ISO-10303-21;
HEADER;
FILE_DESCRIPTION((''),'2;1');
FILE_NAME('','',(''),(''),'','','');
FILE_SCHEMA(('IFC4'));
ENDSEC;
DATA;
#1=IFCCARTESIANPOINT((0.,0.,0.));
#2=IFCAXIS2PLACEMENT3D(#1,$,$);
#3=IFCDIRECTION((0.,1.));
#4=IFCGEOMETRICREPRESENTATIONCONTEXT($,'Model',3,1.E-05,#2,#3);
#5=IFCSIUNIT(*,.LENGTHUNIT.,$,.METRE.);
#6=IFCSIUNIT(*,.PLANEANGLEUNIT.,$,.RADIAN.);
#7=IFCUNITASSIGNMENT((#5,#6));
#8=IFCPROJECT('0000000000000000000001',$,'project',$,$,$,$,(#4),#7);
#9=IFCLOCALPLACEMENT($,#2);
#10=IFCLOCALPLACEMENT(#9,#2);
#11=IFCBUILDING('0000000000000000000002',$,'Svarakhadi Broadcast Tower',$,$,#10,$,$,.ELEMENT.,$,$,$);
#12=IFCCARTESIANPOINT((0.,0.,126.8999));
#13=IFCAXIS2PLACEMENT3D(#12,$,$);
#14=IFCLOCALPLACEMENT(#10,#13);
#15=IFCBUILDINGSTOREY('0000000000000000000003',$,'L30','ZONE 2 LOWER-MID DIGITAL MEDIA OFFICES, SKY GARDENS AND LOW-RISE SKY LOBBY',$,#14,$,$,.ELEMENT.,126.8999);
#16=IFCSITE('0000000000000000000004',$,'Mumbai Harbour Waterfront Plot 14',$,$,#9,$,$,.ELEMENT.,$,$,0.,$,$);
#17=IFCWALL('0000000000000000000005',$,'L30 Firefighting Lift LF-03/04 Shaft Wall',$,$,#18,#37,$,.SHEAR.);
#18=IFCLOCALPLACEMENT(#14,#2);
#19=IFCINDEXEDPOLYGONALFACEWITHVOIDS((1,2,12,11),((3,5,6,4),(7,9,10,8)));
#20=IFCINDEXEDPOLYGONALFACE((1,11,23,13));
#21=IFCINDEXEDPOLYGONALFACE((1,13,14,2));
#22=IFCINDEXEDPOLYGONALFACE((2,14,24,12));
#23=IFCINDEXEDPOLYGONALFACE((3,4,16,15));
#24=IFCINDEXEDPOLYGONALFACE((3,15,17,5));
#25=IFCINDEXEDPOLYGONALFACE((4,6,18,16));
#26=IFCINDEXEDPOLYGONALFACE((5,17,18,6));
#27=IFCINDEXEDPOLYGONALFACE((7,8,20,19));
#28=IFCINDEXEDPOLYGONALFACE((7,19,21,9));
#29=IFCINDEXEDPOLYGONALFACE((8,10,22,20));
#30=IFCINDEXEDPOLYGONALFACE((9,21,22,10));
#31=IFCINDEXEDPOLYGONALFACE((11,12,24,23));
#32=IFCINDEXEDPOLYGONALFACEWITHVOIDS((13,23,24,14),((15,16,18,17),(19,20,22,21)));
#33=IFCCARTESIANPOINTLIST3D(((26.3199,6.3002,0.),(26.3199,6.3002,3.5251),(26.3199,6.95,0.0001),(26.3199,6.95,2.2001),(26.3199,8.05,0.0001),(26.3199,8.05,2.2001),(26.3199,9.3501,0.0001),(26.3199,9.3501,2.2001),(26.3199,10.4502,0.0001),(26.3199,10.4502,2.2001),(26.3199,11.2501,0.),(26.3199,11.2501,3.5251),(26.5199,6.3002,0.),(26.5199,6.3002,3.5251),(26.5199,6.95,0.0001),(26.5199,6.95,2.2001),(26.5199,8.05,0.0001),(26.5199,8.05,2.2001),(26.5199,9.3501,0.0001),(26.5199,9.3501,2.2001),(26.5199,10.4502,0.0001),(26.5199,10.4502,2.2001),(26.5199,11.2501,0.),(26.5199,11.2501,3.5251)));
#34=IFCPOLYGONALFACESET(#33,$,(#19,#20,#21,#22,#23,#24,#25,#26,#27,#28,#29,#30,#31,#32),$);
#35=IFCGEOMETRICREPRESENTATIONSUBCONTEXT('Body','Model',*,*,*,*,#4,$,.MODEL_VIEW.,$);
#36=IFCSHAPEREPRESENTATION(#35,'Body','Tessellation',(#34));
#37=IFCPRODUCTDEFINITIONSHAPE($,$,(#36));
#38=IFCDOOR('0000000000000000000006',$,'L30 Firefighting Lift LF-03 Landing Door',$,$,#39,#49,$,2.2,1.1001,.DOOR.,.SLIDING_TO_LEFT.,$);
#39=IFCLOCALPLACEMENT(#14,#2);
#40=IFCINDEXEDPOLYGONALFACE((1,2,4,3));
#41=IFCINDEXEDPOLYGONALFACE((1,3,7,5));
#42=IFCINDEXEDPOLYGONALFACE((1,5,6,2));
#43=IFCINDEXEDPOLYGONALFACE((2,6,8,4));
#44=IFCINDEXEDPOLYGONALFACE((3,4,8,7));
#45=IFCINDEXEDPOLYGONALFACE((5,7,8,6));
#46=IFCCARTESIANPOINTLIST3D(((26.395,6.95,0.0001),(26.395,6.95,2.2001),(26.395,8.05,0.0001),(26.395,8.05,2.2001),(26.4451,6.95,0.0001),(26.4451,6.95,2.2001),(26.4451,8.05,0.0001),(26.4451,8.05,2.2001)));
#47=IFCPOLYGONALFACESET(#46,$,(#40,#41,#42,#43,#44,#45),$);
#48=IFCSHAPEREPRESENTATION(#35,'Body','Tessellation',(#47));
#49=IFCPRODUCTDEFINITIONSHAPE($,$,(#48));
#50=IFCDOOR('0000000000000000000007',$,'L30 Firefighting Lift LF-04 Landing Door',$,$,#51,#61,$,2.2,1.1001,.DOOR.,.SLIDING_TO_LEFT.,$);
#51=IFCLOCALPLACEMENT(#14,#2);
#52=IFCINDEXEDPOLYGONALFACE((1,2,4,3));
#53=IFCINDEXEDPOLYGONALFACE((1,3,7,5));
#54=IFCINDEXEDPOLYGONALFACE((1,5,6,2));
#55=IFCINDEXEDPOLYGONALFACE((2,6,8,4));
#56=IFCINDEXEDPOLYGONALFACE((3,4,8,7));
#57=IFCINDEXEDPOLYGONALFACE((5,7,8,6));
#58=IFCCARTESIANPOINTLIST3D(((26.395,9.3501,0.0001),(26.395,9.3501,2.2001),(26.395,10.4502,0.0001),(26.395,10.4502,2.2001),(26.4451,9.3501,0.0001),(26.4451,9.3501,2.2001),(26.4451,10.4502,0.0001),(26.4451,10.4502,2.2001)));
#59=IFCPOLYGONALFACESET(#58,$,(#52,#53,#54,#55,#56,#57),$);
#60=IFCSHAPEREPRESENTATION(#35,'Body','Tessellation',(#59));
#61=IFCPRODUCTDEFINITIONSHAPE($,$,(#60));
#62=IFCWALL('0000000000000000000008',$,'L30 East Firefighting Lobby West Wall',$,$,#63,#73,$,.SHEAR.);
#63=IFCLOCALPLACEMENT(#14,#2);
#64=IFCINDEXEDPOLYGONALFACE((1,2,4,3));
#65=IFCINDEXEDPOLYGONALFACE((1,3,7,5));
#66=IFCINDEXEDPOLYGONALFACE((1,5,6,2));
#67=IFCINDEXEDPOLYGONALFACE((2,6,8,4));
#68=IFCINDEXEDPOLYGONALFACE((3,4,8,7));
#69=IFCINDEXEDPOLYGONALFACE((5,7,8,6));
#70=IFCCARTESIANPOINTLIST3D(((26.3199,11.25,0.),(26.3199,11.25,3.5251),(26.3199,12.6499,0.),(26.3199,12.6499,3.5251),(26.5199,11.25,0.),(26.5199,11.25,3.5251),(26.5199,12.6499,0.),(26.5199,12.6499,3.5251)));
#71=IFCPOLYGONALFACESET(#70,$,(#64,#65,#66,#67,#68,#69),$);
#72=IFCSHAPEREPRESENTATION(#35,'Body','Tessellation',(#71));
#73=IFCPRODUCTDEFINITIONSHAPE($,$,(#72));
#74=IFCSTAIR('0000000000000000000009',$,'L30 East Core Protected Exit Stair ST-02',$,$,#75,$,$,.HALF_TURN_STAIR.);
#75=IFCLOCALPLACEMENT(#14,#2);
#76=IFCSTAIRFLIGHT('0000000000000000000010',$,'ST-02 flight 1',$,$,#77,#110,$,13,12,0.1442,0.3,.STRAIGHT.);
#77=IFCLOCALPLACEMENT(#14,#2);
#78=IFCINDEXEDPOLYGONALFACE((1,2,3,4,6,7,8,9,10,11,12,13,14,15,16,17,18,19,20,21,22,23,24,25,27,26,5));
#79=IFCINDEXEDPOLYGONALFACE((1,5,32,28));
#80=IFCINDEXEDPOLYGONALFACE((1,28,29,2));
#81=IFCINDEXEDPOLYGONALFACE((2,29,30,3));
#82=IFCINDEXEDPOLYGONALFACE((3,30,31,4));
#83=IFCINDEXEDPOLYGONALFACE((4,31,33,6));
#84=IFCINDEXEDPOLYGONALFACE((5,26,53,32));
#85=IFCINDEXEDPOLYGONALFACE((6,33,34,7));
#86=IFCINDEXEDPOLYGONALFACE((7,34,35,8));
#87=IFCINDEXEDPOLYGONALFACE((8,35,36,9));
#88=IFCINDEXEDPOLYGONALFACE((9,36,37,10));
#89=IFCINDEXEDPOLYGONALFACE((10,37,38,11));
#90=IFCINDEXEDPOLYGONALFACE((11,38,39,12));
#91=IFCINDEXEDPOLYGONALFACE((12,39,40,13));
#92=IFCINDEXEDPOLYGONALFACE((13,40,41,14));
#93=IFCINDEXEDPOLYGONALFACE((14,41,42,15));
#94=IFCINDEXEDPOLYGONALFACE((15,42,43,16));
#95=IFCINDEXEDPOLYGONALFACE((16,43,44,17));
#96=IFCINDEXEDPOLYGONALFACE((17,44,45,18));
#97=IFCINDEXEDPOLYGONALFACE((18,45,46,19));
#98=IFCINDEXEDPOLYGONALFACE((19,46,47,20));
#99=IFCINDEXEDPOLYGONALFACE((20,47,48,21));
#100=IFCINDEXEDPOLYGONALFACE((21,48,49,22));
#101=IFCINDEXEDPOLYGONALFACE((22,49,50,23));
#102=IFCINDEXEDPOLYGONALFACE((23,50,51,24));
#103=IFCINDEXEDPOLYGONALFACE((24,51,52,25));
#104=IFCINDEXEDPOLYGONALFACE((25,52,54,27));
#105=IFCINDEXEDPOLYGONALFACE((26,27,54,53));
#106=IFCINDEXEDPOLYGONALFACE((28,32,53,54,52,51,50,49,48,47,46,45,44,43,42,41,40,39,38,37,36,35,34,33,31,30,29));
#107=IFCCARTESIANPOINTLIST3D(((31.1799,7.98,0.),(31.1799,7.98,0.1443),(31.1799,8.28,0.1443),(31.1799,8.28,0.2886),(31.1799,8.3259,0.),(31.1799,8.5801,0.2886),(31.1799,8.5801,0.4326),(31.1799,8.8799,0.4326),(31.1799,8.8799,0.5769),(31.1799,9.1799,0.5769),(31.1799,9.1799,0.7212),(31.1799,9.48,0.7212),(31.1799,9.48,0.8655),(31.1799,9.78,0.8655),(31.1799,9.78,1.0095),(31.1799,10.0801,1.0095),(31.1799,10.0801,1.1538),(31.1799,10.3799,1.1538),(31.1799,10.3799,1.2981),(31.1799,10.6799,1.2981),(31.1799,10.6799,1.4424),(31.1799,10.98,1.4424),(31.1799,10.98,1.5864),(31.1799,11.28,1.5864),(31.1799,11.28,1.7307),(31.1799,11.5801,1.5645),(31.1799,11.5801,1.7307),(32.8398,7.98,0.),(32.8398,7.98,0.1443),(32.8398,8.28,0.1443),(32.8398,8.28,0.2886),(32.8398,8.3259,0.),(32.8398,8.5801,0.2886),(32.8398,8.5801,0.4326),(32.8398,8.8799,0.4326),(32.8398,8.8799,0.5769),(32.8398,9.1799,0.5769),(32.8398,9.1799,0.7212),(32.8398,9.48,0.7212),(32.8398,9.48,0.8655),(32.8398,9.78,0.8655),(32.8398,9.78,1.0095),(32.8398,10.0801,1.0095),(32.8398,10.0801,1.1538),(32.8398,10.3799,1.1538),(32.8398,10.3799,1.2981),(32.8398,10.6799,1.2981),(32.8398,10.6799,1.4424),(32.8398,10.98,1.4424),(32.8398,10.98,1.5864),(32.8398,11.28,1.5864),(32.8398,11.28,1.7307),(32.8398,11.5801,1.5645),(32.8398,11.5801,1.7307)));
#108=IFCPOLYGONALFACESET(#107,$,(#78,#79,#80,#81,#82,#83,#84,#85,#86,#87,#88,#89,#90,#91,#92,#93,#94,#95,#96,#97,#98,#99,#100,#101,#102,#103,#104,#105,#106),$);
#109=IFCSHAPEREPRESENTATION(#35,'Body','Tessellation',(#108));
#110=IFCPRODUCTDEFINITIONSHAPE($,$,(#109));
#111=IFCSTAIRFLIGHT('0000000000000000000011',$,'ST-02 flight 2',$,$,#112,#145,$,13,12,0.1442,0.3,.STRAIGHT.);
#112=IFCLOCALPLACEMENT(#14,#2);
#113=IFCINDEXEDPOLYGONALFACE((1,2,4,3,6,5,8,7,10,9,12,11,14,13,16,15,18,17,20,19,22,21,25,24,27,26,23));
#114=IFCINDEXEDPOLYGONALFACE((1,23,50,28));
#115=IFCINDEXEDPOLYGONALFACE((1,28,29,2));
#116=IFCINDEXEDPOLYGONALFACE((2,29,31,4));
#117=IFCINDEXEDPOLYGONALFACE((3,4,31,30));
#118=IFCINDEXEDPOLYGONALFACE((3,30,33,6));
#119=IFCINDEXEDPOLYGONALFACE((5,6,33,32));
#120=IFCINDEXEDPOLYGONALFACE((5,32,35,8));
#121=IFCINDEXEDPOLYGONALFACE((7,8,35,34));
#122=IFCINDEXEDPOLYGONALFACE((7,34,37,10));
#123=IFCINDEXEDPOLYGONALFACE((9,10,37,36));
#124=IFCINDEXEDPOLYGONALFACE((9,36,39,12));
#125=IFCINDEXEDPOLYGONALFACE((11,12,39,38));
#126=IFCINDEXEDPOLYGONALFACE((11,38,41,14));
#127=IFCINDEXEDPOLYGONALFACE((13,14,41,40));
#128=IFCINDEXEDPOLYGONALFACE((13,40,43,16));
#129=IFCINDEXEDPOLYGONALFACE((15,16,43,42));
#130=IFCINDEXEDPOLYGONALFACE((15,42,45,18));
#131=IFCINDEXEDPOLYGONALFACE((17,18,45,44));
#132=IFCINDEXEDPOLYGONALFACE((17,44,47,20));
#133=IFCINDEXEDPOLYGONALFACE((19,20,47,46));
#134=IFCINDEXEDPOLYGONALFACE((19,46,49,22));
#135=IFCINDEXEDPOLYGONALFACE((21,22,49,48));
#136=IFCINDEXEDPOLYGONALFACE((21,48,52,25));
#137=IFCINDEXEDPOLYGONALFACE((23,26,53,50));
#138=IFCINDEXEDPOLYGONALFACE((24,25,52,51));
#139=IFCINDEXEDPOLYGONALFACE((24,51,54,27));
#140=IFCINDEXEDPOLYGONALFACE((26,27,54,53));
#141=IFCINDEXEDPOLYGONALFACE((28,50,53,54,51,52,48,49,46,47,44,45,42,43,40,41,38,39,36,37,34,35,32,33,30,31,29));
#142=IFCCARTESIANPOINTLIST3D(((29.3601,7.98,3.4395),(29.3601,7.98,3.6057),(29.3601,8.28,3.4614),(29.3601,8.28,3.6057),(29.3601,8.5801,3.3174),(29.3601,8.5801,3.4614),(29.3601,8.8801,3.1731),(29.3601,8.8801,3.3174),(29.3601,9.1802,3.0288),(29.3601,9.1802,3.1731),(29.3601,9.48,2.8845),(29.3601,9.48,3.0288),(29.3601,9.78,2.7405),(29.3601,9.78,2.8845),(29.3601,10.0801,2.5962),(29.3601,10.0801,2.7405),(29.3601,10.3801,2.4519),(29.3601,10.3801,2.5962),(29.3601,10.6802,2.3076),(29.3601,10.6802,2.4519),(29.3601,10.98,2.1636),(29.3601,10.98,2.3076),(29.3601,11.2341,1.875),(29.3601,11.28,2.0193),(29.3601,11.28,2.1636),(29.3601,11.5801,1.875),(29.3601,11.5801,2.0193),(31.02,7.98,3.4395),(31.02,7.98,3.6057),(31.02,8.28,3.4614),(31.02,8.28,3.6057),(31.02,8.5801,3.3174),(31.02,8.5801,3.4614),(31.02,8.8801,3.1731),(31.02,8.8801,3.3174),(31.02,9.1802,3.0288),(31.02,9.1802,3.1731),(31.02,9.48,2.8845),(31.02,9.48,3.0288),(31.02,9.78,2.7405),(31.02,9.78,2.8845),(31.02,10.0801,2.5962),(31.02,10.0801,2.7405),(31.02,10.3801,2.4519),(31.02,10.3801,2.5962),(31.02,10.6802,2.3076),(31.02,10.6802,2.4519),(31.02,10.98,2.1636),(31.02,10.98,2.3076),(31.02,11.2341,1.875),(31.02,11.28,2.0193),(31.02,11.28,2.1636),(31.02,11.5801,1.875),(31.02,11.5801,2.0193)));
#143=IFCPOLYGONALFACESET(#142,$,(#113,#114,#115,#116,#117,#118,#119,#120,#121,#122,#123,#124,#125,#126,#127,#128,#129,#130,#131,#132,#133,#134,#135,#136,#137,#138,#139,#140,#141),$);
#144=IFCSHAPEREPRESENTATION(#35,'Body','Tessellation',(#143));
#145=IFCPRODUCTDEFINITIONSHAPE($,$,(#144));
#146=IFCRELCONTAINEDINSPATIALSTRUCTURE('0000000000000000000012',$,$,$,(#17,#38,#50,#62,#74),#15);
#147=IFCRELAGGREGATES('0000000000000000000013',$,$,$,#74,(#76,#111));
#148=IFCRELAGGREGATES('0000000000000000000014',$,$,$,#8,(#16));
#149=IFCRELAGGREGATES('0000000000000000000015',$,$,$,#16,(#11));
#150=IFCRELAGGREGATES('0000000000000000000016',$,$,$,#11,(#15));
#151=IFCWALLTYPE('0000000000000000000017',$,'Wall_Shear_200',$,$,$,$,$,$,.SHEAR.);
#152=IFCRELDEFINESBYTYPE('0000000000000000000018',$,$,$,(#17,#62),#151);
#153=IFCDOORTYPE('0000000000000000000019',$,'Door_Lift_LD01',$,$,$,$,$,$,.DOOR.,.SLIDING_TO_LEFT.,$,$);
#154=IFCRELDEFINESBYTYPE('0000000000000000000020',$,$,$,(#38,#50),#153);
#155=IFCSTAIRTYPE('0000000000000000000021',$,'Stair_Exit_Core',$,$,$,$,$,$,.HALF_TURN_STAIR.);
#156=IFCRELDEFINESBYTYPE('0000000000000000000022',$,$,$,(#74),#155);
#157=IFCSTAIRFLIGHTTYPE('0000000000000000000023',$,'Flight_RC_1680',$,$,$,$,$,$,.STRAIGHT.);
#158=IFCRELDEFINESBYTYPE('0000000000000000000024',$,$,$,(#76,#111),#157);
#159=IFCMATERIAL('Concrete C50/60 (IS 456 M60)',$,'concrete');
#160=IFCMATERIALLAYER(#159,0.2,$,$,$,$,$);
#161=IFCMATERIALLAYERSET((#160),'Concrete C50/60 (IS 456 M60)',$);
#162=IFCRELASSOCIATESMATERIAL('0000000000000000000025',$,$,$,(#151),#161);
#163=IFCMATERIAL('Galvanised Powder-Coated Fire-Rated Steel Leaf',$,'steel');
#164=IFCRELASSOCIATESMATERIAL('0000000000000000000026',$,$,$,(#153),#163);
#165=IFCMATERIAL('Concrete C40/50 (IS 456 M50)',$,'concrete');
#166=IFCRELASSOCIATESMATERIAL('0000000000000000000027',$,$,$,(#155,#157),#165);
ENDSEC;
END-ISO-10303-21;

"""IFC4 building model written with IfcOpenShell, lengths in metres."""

from ifc_helpers import new_model, si_unit, direction, frame, frame_2d, origin, place, context, subcontext, project, spatial, polyline, rectangle, outline, extrude, material, layer, layer_set, type_object, element, fill, aggregate, save


model = new_model("IFC4")

# Units and contexts
model_context = context("Model", 3, precision=1e-05, world=origin(), true_north=direction((0.0, 1.0)))
body_context = subcontext(model_context, "Body", "Model", "MODEL_VIEW")
ifc_project = project(units=[si_unit("LENGTHUNIT", "METRE"), si_unit("PLANEANGLEUNIT", "RADIAN")], contexts=[model_context])

# Site, building, storey
site_placement = place(None, origin())
site = spatial("IfcSite", under=ifc_project, at=site_placement, Name="Mumbai Harbour Waterfront Plot 14", CompositionType="ELEMENT", RefElevation=0.0)
building_placement = place(site_placement, origin())
building = spatial("IfcBuilding", under=site, at=building_placement, Name="Svarakhadi Broadcast Tower", CompositionType="ELEMENT")
storey_placement = place(building_placement, frame((0.0, 0.0, 126.8999)))
storey = spatial("IfcBuildingStorey", under=building, at=storey_placement, Name="L30", Description="ZONE 2 LOWER-MID DIGITAL MEDIA OFFICES, SKY GARDENS AND LOW-RISE SKY LOBBY", CompositionType="ELEMENT", Elevation=126.8999)

# Shared definitions
ifc_material_1 = material(Name="Concrete C50/60 (IS 456 M60)", Category="concrete")

# Shared definitions
ifc_material_2 = material(Name="Concrete C40/50 (IS 456 M50)", Category="concrete")

# Shared definitions
ifc_layer_1 = layer(ifc_material_1, 0.2)
ifc_layer_set_1 = layer_set([ifc_layer_1], Name="Concrete C50/60 (IS 456 M60)")
wall_type_1 = type_object("IfcWallType", Name="Wall_Shear_200", PredefinedType="SHEAR", material=ifc_layer_set_1)
ifc_material_3 = material(Name="Galvanised Powder-Coated Fire-Rated Steel Leaf", Category="steel")

# Wall, openings, doors
wall_1_placement = place(storey_placement, frame((26.4199, 6.3, 0.0), z_axis=(0.0, 0.0, 1.0), x_axis=(0.0, 1.0, 0.0)))
wall_1 = element("IfcWall", 1, at=wall_1_placement, inside=storey, type_object=wall_type_1, Name="L30 Firefighting Lift LF-03/04 Shaft Wall", PredefinedType="SHEAR", context=body_context, shape_type="SweptSolid", body=[
    extrude(rectangle(XDim=4.95, YDim=0.2, at=frame_2d((2.4751, 0.0))), origin(), (0.0, 0.0, 1.0), 3.5251),
])
opening_1_placement = place(wall_1_placement, frame((0.6499, 0.0, 0.0)))
opening_1 = element("IfcOpeningElement", 2, at=opening_1_placement, cuts=wall_1, PredefinedType="OPENING", context=body_context, shape_type="SweptSolid", body=[
    extrude(rectangle(XDim=1.1001, YDim=2.2, at=frame_2d((0.55, 1.1001))), frame((0.0, 0.1099, 0.0), z_axis=(0.0, -1.0, 0.0), x_axis=(1.0, 0.0, 0.0)), (0.0, 0.0, 1.0), 0.22),
])
opening_2_placement = place(wall_1_placement, frame((3.05, 0.0, 0.0)))
opening_2 = element("IfcOpeningElement", 3, at=opening_2_placement, cuts=wall_1, PredefinedType="OPENING", context=body_context, shape_type="SweptSolid", body=[
    extrude(rectangle(XDim=1.1001, YDim=2.2, at=frame_2d((0.55, 1.1001))), frame((0.0, 0.1099, 0.0), z_axis=(0.0, -1.0, 0.0), x_axis=(1.0, 0.0, 0.0)), (0.0, 0.0, 1.0), 0.22),
])
door_type_1 = type_object("IfcDoorType", Name="Door_Lift_LD01", OperationType="SLIDING_TO_LEFT", PredefinedType="DOOR", material=ifc_material_3)
door_1_placement = place(opening_1_placement, origin())
door_1 = element("IfcDoor", 4, at=door_1_placement, inside=storey, type_object=door_type_1, Name="L30 Firefighting Lift LF-03 Landing Door", OperationType="SLIDING_TO_LEFT", OverallHeight=2.2, OverallWidth=1.1001, PredefinedType="DOOR", context=body_context, shape_type="SweptSolid", body=[
    extrude(rectangle(XDim=1.1001, YDim=2.2, at=frame_2d((0.55, 1.1001))), frame((0.0, 0.0249, 0.0), z_axis=(0.0, -1.0, 0.0), x_axis=(1.0, 0.0, 0.0)), (0.0, 0.0, 1.0), 0.05),
])
fill(opening_1, door_1)
door_2_placement = place(opening_2_placement, origin())
door_2 = element("IfcDoor", 5, at=door_2_placement, inside=storey, type_object=door_type_1, Name="L30 Firefighting Lift LF-04 Landing Door", OperationType="SLIDING_TO_LEFT", OverallHeight=2.2, OverallWidth=1.1001, PredefinedType="DOOR", context=body_context, shape_type="SweptSolid", body=[
    extrude(rectangle(XDim=1.1001, YDim=2.2, at=frame_2d((0.55, 1.1001))), frame((0.0, 0.0249, 0.0), z_axis=(0.0, -1.0, 0.0), x_axis=(1.0, 0.0, 0.0)), (0.0, 0.0, 1.0), 0.05),
])
fill(opening_2, door_2)

# Wall
wall_2_placement = place(storey_placement, frame((26.4199, 11.25, 0.0), z_axis=(0.0, 0.0, 1.0), x_axis=(0.0, 1.0, 0.0)))
element("IfcWall", 6, at=wall_2_placement, inside=storey, type_object=wall_type_1, Name="L30 East Firefighting Lobby West Wall", PredefinedType="SHEAR", context=body_context, shape_type="SweptSolid", body=[
    extrude(rectangle(XDim=1.3999, YDim=0.2, at=frame_2d((0.7, 0.0))), origin(), (0.0, 0.0, 1.0), 3.5251),
])

# Stair, stair flights
stair_type = type_object("IfcStairType", Name="Stair_Exit_Core", PredefinedType="HALF_TURN_STAIR", material=ifc_material_2)
stair_placement = place(storey_placement, origin())
stair = element("IfcStair", 7, at=stair_placement, inside=storey, type_object=stair_type, Name="L30 East Core Protected Exit Stair ST-02", PredefinedType="HALF_TURN_STAIR")
stair_flight_type = type_object("IfcStairFlightType", Name="Flight_RC_1680", PredefinedType="STRAIGHT", material=ifc_material_2)
stair_flight_1_placement = place(storey_placement, frame((32.01, 7.98, 0.0), z_axis=(0.0, 0.0, 1.0), x_axis=(0.0, 1.0, 0.0)))
stair_flight_1 = element("IfcStairFlight", 8, at=stair_flight_1_placement, type_object=stair_flight_type, Name="ST-02 flight 1", NumberOfRisers=13, NumberOfTreads=12, PredefinedType="STRAIGHT", RiserHeight=0.1442, TreadLength=0.3, context=body_context, shape_type="SweptSolid", body=[
    extrude(outline(polyline([(0.0, 0.0), (0.0, 0.1443), (0.3, 0.1443), (0.3, 0.2886), (0.6001, 0.2886), (0.6001, 0.4326), (0.8999, 0.4326), (0.8999, 0.5769), (1.2, 0.5769), (1.2, 0.7212), (1.5, 0.7212), (1.5, 0.8655), (1.8, 0.8655), (1.8, 1.0095), (2.1001, 1.0095), (2.1001, 1.1538), (2.3999, 1.1538), (2.3999, 1.2981), (2.7, 1.2981), (2.7, 1.4424), (3.0, 1.4424), (3.0, 1.5864), (3.3, 1.5864), (3.3, 1.7307), (3.6001, 1.7307), (3.6001, 1.875), (3.6001, 1.5645), (0.3459, 0.0), (0.0, 0.0)])), frame((0.0, 0.8301, 0.0), z_axis=(0.0, -1.0, 0.0), x_axis=(1.0, 0.0, 0.0)), (0.0, 0.0, 1.0), 1.6599),
])
stair_flight_2_placement = place(storey_placement, frame((30.1899, 11.5801, 1.875), z_axis=(0.0, 0.0, 1.0), x_axis=(0.0, -1.0, 0.0)))
stair_flight_2 = element("IfcStairFlight", 9, at=stair_flight_2_placement, type_object=stair_flight_type, Name="ST-02 flight 2", NumberOfRisers=13, NumberOfTreads=12, PredefinedType="STRAIGHT", RiserHeight=0.1442, TreadLength=0.3, context=body_context, shape_type="SweptSolid", body=[
    extrude(outline(polyline([(0.0, 0.0), (0.0, 0.1443), (0.3, 0.1443), (0.3, 0.2886), (0.6001, 0.2886), (0.6001, 0.4326), (0.8999, 0.4326), (0.8999, 0.5769), (1.2, 0.5769), (1.2, 0.7212), (1.5, 0.7212), (1.5, 0.8655), (1.8, 0.8655), (1.8, 1.0095), (2.1001, 1.0095), (2.1001, 1.1538), (2.3999, 1.1538), (2.3999, 1.2981), (2.7, 1.2981), (2.7, 1.4424), (3.0, 1.4424), (3.0, 1.5864), (3.3, 1.5864), (3.3, 1.7307), (3.6001, 1.7307), (3.6001, 1.875), (3.6001, 1.5645), (0.3459, 0.0), (0.0, 0.0)])), frame((0.0, 0.8301, 0.0), z_axis=(0.0, -1.0, 0.0), x_axis=(1.0, 0.0, 0.0)), (0.0, 0.0, 1.0), 1.6599),
])
aggregate(stair, [stair_flight_1, stair_flight_2])

save(model, "model.ifc")
